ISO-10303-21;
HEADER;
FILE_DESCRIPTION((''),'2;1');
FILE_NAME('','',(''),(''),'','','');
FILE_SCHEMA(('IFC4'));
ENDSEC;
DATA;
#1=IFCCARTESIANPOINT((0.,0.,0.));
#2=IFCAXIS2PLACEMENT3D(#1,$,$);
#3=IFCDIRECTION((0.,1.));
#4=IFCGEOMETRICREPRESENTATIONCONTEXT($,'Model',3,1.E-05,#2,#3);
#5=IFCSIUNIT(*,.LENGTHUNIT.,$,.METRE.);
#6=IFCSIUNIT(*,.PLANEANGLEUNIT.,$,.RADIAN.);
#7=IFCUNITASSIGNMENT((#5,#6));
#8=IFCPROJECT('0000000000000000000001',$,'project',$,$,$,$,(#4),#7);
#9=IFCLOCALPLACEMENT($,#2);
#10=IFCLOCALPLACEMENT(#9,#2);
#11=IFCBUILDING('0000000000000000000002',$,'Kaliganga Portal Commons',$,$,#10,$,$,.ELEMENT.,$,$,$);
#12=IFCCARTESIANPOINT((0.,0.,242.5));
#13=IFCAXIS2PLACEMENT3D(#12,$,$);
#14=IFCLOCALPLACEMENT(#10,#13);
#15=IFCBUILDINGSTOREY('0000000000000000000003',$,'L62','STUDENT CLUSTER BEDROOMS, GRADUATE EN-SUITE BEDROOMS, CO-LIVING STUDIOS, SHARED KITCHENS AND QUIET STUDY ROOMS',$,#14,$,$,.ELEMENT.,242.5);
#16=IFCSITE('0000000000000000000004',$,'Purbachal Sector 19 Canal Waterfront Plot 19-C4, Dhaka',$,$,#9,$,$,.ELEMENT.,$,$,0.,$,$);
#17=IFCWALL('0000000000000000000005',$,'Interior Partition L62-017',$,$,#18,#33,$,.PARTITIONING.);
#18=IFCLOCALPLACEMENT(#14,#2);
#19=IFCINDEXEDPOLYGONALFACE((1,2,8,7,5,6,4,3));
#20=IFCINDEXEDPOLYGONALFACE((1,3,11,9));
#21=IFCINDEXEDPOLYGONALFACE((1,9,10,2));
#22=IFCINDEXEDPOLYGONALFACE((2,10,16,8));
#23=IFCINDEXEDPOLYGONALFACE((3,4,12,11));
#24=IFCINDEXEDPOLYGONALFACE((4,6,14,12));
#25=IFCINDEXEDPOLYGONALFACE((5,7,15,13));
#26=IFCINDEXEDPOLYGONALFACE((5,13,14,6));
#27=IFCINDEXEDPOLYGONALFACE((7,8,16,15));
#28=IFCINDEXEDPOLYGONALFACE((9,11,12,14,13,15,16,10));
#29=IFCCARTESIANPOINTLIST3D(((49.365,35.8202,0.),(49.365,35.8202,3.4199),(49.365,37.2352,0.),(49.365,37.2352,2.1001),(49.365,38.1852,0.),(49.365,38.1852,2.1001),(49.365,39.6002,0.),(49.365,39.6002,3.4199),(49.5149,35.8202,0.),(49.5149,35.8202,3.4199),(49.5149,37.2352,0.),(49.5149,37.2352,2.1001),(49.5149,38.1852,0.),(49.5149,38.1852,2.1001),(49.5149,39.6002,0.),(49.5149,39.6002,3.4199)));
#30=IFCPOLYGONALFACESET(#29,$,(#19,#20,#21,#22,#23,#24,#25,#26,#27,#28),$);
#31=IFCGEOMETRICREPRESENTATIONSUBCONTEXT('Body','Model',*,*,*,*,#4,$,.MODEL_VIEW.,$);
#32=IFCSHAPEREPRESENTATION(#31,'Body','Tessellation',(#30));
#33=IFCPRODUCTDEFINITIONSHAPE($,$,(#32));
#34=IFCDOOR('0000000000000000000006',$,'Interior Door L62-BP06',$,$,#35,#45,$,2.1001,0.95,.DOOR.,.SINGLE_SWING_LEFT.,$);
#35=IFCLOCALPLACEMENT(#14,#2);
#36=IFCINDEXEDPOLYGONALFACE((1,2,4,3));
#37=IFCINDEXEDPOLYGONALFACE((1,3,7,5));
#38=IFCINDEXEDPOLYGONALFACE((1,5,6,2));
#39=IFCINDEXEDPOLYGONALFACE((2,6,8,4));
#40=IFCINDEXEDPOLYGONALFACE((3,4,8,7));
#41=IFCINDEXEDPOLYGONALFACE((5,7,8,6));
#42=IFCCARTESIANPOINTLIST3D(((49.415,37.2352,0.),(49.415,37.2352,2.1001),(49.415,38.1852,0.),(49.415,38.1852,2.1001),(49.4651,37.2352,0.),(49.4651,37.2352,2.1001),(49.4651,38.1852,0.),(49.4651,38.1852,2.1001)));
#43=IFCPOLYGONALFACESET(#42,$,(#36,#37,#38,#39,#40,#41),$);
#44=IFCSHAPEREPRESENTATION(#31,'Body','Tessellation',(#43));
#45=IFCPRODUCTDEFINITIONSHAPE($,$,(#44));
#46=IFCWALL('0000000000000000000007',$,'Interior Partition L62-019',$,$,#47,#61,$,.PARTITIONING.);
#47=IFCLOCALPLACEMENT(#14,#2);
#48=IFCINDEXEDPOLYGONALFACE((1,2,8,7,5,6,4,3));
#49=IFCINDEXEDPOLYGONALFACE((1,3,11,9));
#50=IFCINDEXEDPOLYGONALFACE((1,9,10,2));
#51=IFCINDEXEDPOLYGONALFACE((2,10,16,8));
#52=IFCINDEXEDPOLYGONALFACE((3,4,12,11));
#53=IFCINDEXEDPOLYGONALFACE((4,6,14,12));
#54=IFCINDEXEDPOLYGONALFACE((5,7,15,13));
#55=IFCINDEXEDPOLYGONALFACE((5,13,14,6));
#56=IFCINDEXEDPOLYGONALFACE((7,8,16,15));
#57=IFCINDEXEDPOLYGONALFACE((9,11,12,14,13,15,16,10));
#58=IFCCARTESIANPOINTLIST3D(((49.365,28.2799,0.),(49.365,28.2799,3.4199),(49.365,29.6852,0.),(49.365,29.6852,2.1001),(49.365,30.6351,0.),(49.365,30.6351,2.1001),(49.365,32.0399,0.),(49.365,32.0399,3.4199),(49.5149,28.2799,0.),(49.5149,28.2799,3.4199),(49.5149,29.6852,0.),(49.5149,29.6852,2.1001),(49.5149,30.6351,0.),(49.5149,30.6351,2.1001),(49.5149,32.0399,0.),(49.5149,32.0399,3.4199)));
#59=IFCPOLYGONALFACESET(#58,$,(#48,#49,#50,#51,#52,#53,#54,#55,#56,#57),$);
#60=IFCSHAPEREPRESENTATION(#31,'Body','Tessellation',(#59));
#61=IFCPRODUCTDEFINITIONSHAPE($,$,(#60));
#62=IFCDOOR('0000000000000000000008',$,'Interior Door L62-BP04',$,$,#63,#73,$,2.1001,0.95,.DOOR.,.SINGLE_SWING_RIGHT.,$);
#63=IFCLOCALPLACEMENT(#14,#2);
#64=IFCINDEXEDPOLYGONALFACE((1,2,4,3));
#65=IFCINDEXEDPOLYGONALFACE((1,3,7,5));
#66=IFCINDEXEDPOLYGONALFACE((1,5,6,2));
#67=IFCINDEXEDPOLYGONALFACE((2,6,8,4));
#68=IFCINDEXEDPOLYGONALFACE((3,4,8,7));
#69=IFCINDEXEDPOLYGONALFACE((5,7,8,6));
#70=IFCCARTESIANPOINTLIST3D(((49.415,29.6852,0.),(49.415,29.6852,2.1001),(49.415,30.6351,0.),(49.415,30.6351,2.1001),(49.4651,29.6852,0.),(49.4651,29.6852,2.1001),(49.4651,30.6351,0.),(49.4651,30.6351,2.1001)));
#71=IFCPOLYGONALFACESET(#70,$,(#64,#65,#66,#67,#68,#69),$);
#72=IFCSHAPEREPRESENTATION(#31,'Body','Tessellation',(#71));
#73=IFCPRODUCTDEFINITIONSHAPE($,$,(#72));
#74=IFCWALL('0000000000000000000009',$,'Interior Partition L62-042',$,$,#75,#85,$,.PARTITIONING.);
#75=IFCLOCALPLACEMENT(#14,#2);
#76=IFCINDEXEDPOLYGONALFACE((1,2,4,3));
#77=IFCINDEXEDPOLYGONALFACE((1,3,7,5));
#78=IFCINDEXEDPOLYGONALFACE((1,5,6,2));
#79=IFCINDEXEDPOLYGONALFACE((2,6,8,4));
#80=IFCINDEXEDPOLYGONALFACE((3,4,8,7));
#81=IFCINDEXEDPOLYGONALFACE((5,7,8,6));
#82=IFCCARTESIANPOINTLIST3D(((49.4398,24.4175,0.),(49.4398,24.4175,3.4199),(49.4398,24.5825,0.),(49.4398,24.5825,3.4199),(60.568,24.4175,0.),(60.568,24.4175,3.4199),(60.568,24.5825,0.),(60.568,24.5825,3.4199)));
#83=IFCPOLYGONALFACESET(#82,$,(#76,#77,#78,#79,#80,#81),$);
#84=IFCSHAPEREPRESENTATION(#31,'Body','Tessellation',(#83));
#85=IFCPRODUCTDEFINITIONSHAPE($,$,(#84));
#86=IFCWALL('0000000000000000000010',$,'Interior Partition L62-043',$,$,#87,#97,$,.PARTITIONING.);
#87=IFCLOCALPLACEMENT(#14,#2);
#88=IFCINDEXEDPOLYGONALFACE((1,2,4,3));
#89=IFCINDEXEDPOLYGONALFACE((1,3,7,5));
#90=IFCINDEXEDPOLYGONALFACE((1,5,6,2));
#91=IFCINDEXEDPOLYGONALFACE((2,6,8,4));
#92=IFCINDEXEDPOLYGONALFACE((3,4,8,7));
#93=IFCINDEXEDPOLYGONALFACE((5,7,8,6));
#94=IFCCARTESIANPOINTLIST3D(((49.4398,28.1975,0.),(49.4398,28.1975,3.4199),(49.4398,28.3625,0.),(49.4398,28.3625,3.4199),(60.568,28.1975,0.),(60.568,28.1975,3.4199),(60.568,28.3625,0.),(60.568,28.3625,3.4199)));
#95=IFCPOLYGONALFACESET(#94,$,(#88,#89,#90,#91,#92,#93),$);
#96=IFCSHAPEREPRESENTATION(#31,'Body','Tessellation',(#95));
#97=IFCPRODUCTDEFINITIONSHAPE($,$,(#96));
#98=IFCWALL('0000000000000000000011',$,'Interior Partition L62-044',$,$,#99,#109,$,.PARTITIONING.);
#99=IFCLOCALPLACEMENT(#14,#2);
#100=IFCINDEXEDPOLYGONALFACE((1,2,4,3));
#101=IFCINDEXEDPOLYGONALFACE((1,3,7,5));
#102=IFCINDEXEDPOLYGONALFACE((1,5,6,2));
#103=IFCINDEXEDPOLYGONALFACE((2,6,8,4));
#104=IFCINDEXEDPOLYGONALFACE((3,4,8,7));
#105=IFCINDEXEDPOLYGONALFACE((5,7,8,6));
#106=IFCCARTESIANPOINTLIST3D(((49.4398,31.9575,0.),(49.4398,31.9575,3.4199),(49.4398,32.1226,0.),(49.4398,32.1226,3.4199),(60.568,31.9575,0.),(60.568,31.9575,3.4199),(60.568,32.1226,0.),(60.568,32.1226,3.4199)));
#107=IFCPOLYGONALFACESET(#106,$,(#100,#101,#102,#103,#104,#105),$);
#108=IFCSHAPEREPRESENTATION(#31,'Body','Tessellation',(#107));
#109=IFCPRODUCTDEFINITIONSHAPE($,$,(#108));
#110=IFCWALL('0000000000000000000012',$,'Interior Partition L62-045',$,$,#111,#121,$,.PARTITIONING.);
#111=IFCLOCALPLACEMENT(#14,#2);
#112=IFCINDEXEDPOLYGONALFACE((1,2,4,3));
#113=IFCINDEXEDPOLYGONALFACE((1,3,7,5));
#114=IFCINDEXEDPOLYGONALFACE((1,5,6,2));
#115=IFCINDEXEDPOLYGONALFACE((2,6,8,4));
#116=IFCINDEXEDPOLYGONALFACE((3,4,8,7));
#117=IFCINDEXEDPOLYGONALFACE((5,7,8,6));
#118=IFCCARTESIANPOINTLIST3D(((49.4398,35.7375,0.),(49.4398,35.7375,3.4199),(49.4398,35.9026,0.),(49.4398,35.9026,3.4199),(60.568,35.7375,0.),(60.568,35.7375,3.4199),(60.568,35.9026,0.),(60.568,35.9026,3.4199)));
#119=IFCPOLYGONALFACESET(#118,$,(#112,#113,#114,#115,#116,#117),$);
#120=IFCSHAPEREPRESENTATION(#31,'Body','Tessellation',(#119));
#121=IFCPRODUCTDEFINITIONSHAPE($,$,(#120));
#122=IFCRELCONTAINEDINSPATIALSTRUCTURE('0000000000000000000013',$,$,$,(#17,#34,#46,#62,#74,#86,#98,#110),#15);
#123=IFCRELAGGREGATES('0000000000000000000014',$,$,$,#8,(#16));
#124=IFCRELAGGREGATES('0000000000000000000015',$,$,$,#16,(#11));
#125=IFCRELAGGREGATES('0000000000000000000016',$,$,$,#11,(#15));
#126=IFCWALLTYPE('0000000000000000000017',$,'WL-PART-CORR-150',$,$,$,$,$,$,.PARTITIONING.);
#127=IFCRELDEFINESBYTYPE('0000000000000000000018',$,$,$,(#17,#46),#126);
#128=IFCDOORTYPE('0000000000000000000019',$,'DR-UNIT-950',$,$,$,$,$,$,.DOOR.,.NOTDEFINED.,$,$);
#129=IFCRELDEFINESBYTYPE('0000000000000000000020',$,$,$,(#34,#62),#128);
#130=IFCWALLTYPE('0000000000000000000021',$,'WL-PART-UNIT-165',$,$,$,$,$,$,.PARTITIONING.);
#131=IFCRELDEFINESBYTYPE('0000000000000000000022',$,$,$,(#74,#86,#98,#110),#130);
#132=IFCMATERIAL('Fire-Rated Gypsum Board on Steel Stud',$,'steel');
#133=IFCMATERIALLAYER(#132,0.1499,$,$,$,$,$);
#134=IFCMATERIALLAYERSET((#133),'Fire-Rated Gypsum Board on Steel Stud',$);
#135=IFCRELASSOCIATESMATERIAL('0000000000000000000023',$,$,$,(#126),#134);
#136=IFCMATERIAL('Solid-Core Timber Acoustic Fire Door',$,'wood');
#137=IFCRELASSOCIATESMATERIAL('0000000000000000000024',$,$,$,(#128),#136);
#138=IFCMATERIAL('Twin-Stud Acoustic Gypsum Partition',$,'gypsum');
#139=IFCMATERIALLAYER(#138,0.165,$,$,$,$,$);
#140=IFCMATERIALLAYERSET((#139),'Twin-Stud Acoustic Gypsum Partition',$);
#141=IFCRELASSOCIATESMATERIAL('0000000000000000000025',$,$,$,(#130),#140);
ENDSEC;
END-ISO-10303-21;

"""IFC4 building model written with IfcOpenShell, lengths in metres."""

from ifc_helpers import new_model, si_unit, direction, frame, frame_2d, origin, place, context, subcontext, project, spatial, rectangle, extrude, material, layer, layer_set, type_object, element, fill, save


model = new_model("IFC4")

# Units and contexts
model_context = context("Model", 3, precision=1e-05, world=origin(), true_north=direction((0.0, 1.0)))
body_context = subcontext(model_context, "Body", "Model", "MODEL_VIEW")
ifc_project = project(units=[si_unit("LENGTHUNIT", "METRE"), si_unit("PLANEANGLEUNIT", "RADIAN")], contexts=[model_context])

# Site, building, storey
site_placement = place(None, origin())
site = spatial("IfcSite", under=ifc_project, at=site_placement, Name="Purbachal Sector 19 Canal Waterfront Plot 19-C4, Dhaka", CompositionType="ELEMENT", RefElevation=0.0)
building_placement = place(site_placement, origin())
building = spatial("IfcBuilding", under=site, at=building_placement, Name="Kaliganga Portal Commons", CompositionType="ELEMENT")
storey_placement = place(building_placement, frame((0.0, 0.0, 242.5)))
storey = spatial("IfcBuildingStorey", under=building, at=storey_placement, Name="L62", Description="STUDENT CLUSTER BEDROOMS, GRADUATE EN-SUITE BEDROOMS, CO-LIVING STUDIOS, SHARED KITCHENS AND QUIET STUDY ROOMS", CompositionType="ELEMENT", Elevation=242.5)

# Walls, openings, doors
ifc_material_1 = material(Name="Fire-Rated Gypsum Board on Steel Stud", Category="steel")
ifc_layer_1 = layer(ifc_material_1, 0.1499)
ifc_layer_set_1 = layer_set([ifc_layer_1], Name="Fire-Rated Gypsum Board on Steel Stud")
wall_type_1 = type_object("IfcWallType", Name="WL-PART-CORR-150", PredefinedType="PARTITIONING", material=ifc_layer_set_1)
ifc_material_2 = material(Name="Solid-Core Timber Acoustic Fire Door", Category="wood")
door_type = type_object("IfcDoorType", Name="DR-UNIT-950", OperationType="NOTDEFINED", PredefinedType="DOOR", material=ifc_material_2)
wall_1_placement = place(storey_placement, frame((49.4399, 35.8201, 0.0), z_axis=(0.0, 0.0, 1.0), x_axis=(0.0, 1.0, 0.0)))
wall_1 = element("IfcWall", 1, at=wall_1_placement, inside=storey, type_object=wall_type_1, Name="Interior Partition L62-017", PredefinedType="PARTITIONING", context=body_context, shape_type="SweptSolid", body=[
    extrude(rectangle(XDim=3.78, YDim=0.1499, at=frame_2d((1.8901, 0.0))), origin(), (0.0, 0.0, 1.0), 3.4199),
])
opening_1_placement = place(wall_1_placement, frame((1.415, 0.0, 0.0)))
opening_1 = element("IfcOpeningElement", 2, at=opening_1_placement, cuts=wall_1, PredefinedType="OPENING", context=body_context, shape_type="SweptSolid", body=[
    extrude(rectangle(XDim=0.95, YDim=2.1001, at=frame_2d((0.4751, 1.05))), frame((0.0, 0.085, 0.0), z_axis=(0.0, -1.0, 0.0), x_axis=(1.0, 0.0, 0.0)), (0.0, 0.0, 1.0), 0.1699),
])
door_1_placement = place(opening_1_placement, origin())
door_1 = element("IfcDoor", 3, at=door_1_placement, inside=storey, type_object=door_type, Name="Interior Door L62-BP06", OperationType="SINGLE_SWING_LEFT", OverallHeight=2.1001, OverallWidth=0.95, PredefinedType="DOOR", context=body_context, shape_type="SweptSolid", body=[
    extrude(rectangle(XDim=0.95, YDim=2.1001, at=frame_2d((0.4751, 1.05))), frame((0.0, 0.0249, 0.0), z_axis=(0.0, -1.0, 0.0), x_axis=(1.0, 0.0, 0.0)), (0.0, 0.0, 1.0), 0.05),
])
fill(opening_1, door_1)
wall_2_placement = place(storey_placement, frame((49.4399, 28.28, 0.0), z_axis=(0.0, 0.0, 1.0), x_axis=(0.0, 1.0, 0.0)))
wall_2 = element("IfcWall", 4, at=wall_2_placement, inside=storey, type_object=wall_type_1, Name="Interior Partition L62-019", PredefinedType="PARTITIONING", context=body_context, shape_type="SweptSolid", body=[
    extrude(rectangle(XDim=3.76, YDim=0.1499, at=frame_2d((1.8799, 0.0))), origin(), (0.0, 0.0, 1.0), 3.4199),
])
opening_2_placement = place(wall_2_placement, frame((1.405, 0.0, 0.0)))
opening_2 = element("IfcOpeningElement", 5, at=opening_2_placement, cuts=wall_2, PredefinedType="OPENING", context=body_context, shape_type="SweptSolid", body=[
    extrude(rectangle(XDim=0.95, YDim=2.1001, at=frame_2d((0.4751, 1.05))), frame((0.0, 0.085, 0.0), z_axis=(0.0, -1.0, 0.0), x_axis=(1.0, 0.0, 0.0)), (0.0, 0.0, 1.0), 0.1699),
])
door_2_placement = place(opening_2_placement, origin())
door_2 = element("IfcDoor", 6, at=door_2_placement, inside=storey, type_object=door_type, Name="Interior Door L62-BP04", OperationType="SINGLE_SWING_RIGHT", OverallHeight=2.1001, OverallWidth=0.95, PredefinedType="DOOR", context=body_context, shape_type="SweptSolid", body=[
    extrude(rectangle(XDim=0.95, YDim=2.1001, at=frame_2d((0.4751, 1.05))), frame((0.0, 0.0249, 0.0), z_axis=(0.0, -1.0, 0.0), x_axis=(1.0, 0.0, 0.0)), (0.0, 0.0, 1.0), 0.05),
])
fill(opening_2, door_2)

# Walls
ifc_material_3 = material(Name="Twin-Stud Acoustic Gypsum Partition", Category="gypsum")
ifc_layer_2 = layer(ifc_material_3, 0.165)
ifc_layer_set_2 = layer_set([ifc_layer_2], Name="Twin-Stud Acoustic Gypsum Partition")
wall_type_2 = type_object("IfcWallType", Name="WL-PART-UNIT-165", PredefinedType="PARTITIONING", material=ifc_layer_set_2)
for number, where, z_axis, x_axis, name in (
    (7, (49.4399, 24.5, 0.0), (0.0, 0.0, 1.0), (1.0, 0.0, 0.0), "Interior Partition L62-042"),
    (8, (49.4399, 28.28, 0.0), (0.0, 0.0, 1.0), (1.0, 0.0, 0.0), "Interior Partition L62-043"),
    (9, (49.4399, 32.04, 0.0), (0.0, 0.0, 1.0), (1.0, 0.0, 0.0), "Interior Partition L62-044"),
    (10, (49.4399, 35.8201, 0.0), (0.0, 0.0, 1.0), (1.0, 0.0, 0.0), "Interior Partition L62-045"),
):
    element("IfcWall", number, at=place(storey_placement, frame(where, z_axis=z_axis, x_axis=x_axis)), inside=storey, type_object=wall_type_2, Name=name, PredefinedType="PARTITIONING", context=body_context, shape_type="SweptSolid", body=[
        extrude(rectangle(XDim=11.1282, YDim=0.165, at=frame_2d((5.564, 0.0))), origin(), (0.0, 0.0, 1.0), 3.4199),
    ])

save(model, "model.ifc")
